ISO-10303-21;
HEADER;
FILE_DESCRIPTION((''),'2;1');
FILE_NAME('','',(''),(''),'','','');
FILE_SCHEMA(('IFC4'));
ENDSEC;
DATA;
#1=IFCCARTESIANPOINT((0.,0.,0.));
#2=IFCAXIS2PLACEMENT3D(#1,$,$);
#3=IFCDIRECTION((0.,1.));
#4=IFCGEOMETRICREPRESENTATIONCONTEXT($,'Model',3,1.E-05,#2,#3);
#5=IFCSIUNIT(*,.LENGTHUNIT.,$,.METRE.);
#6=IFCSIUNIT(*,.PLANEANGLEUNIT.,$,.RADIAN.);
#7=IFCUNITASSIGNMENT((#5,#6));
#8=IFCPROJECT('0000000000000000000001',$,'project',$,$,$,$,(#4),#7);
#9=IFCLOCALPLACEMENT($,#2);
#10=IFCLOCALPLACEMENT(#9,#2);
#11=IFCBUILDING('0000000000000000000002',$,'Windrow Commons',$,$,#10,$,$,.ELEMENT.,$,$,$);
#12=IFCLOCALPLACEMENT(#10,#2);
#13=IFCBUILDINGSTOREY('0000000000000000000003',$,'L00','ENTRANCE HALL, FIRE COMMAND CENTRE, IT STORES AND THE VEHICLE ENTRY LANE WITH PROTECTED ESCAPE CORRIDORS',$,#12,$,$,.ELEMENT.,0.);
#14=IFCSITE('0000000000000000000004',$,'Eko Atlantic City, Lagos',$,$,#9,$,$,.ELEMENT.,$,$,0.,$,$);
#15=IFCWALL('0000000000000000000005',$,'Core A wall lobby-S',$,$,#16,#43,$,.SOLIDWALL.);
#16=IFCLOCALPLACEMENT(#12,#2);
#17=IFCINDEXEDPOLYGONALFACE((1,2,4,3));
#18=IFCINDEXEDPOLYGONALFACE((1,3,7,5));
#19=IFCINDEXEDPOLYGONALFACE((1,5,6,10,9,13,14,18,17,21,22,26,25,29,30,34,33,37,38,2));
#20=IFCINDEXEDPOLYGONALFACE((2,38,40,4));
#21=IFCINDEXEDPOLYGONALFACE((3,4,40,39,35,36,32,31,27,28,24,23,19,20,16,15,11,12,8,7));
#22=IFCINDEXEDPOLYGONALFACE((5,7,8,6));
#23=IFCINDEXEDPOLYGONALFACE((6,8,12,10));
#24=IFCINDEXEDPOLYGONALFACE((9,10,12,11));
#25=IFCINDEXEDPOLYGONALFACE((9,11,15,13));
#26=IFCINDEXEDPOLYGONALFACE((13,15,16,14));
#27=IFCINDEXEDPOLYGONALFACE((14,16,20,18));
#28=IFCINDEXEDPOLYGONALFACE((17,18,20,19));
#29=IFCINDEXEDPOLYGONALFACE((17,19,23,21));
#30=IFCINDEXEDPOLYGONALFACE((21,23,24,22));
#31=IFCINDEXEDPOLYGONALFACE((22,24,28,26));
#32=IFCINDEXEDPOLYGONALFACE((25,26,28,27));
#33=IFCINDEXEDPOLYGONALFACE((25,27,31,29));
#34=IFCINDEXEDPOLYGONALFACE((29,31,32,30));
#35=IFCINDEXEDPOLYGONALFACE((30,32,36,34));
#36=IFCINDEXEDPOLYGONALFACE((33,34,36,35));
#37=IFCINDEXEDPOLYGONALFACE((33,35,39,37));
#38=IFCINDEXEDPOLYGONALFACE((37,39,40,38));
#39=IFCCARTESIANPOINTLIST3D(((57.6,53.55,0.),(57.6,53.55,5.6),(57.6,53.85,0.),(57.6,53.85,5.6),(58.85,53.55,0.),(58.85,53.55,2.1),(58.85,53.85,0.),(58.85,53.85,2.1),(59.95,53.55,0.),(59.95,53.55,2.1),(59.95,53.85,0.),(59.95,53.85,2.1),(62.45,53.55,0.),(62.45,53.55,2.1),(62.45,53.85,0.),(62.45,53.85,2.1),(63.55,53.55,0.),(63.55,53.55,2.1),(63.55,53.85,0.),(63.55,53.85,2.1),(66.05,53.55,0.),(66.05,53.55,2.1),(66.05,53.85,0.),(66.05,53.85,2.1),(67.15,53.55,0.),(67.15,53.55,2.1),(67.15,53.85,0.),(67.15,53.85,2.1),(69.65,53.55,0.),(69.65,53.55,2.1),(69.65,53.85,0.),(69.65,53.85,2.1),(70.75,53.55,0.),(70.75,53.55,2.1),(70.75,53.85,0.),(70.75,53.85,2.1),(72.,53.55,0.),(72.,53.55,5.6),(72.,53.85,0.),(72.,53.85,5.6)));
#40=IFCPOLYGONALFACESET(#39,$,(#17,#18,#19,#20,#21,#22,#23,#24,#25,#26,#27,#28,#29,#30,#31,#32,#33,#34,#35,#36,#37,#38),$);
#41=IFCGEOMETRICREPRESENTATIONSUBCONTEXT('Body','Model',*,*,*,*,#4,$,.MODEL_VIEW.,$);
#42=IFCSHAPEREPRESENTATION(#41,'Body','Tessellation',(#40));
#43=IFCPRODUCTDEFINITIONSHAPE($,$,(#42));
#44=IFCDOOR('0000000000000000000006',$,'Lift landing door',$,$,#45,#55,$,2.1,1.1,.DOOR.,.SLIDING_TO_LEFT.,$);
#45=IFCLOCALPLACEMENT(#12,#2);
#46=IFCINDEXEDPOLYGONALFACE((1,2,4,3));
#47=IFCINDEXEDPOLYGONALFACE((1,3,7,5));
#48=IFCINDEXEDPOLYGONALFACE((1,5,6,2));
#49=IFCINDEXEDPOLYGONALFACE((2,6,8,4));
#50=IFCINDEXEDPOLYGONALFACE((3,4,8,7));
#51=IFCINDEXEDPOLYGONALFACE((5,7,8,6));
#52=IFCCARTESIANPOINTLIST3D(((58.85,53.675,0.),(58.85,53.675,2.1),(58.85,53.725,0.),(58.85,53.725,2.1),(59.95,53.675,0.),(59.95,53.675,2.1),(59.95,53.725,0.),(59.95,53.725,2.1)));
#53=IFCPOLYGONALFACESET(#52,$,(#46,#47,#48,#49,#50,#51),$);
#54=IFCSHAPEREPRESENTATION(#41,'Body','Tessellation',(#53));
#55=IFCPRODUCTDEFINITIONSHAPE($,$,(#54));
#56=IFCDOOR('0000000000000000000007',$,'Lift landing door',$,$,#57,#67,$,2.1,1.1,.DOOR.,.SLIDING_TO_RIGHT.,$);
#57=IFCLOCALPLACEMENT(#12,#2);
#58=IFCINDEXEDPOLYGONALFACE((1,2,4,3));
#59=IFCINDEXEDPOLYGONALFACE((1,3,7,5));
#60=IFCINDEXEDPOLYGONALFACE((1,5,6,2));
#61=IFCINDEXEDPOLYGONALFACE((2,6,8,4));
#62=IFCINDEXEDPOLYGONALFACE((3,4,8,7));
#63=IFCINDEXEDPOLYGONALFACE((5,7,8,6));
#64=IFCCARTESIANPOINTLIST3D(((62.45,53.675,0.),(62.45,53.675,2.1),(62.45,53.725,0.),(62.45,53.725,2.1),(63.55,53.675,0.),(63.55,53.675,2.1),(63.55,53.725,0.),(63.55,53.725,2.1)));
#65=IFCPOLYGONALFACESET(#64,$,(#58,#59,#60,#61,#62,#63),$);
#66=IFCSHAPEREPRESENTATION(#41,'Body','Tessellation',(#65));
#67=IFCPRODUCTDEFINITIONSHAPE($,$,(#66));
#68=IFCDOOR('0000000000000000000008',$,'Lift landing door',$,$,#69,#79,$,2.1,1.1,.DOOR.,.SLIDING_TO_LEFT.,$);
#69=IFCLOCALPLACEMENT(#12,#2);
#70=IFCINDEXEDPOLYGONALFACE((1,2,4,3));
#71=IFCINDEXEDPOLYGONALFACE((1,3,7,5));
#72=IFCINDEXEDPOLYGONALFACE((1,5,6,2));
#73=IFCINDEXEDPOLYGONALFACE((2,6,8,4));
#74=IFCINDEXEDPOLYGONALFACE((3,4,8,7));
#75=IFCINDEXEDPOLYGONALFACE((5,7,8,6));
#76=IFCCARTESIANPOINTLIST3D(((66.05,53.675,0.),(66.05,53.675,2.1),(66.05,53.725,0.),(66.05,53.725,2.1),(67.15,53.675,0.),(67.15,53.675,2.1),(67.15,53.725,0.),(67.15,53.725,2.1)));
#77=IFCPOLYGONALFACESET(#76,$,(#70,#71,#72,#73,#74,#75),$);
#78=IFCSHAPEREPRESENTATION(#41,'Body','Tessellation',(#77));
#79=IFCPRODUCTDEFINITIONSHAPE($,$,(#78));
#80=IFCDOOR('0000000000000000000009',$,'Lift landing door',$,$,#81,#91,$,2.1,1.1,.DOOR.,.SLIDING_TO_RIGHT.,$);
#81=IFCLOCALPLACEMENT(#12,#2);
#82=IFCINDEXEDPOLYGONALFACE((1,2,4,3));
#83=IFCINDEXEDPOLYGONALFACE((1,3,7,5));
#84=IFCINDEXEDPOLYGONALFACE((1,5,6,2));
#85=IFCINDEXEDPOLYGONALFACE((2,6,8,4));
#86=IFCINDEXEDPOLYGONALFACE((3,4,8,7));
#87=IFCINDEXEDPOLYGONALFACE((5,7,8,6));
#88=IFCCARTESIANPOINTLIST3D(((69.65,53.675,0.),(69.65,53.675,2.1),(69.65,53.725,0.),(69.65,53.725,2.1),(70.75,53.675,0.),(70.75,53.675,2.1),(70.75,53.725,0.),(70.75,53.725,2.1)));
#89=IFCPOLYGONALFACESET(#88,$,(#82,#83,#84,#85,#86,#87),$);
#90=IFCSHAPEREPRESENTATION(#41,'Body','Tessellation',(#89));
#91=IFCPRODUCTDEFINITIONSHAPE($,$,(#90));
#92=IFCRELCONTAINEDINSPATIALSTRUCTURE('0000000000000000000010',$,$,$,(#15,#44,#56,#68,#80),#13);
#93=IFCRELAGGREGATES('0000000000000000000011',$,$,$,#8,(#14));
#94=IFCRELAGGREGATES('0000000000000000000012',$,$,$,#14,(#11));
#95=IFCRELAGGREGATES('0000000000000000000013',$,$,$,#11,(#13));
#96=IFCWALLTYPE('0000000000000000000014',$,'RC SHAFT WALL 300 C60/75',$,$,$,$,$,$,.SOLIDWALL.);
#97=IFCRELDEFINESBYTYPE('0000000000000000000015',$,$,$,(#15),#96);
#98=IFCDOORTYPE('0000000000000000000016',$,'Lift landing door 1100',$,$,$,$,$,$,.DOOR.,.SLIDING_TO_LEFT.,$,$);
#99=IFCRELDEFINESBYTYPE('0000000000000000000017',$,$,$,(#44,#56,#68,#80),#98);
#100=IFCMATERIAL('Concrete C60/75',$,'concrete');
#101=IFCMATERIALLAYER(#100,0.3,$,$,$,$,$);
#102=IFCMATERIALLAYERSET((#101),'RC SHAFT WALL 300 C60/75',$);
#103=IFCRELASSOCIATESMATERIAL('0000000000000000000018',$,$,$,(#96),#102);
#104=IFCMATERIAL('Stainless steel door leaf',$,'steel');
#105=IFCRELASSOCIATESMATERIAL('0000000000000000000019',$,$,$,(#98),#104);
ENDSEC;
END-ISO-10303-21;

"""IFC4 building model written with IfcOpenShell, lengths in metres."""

from ifc_helpers import new_model, si_unit, direction, frame, frame_2d, origin, place, context, subcontext, project, spatial, rectangle, extrude, material, layer, layer_set, type_object, element, fill, save


model = new_model("IFC4")

# Units and contexts
model_context = context("Model", 3, precision=1e-05, world=origin(), true_north=direction((0.0, 1.0)))
body_context = subcontext(model_context, "Body", "Model", "MODEL_VIEW")
ifc_project = project(units=[si_unit("LENGTHUNIT", "METRE"), si_unit("PLANEANGLEUNIT", "RADIAN")], contexts=[model_context])

# Site, building, storey
site_placement = place(None, origin())
site = spatial("IfcSite", under=ifc_project, at=site_placement, Name="Eko Atlantic City, Lagos", CompositionType="ELEMENT", RefElevation=0.0)
building_placement = place(site_placement, origin())
building = spatial("IfcBuilding", under=site, at=building_placement, Name="Windrow Commons", CompositionType="ELEMENT")
storey_placement = place(building_placement, origin())
storey = spatial("IfcBuildingStorey", under=building, at=storey_placement, Name="L00", Description="ENTRANCE HALL, FIRE COMMAND CENTRE, IT STORES AND THE VEHICLE ENTRY LANE WITH PROTECTED ESCAPE CORRIDORS", CompositionType="ELEMENT", Elevation=0.0)

# Wall, openings, doors
ifc_material_1 = material(Name="Concrete C60/75", Category="concrete")
ifc_layer_1 = layer(ifc_material_1, 0.3)
ifc_layer_set_1 = layer_set([ifc_layer_1], Name="RC SHAFT WALL 300 C60/75")
wall_type_1 = type_object("IfcWallType", Name="RC SHAFT WALL 300 C60/75", PredefinedType="SOLIDWALL", material=ifc_layer_set_1)
wall_1_placement = place(storey_placement, frame((57.6, 53.7, 0.0), z_axis=(0.0, 0.0, 1.0), x_axis=(1.0, 0.0, 0.0)))
wall_1 = element("IfcWall", 1, at=wall_1_placement, inside=storey, type_object=wall_type_1, Name="Core A wall lobby-S", PredefinedType="SOLIDWALL", context=body_context, shape_type="SweptSolid", body=[
    extrude(rectangle(XDim=14.4, YDim=0.3, at=frame_2d((7.2, 0.0))), origin(), (0.0, 0.0, 1.0), 5.6),
])
opening_1_placement = place(wall_1_placement, frame((1.25, 0.0, 0.0)))
opening_1 = element("IfcOpeningElement", 2, at=opening_1_placement, cuts=wall_1, PredefinedType="OPENING", context=body_context, shape_type="SweptSolid", body=[
    extrude(rectangle(XDim=1.1, YDim=2.1, at=frame_2d((0.55, 1.05))), frame((0.0, 0.16, 0.0), z_axis=(0.0, -1.0, 0.0), x_axis=(1.0, 0.0, 0.0)), (0.0, 0.0, 1.0), 0.32),
])
opening_2_placement = place(wall_1_placement, frame((4.85, 0.0, 0.0)))
opening_2 = element("IfcOpeningElement", 3, at=opening_2_placement, cuts=wall_1, PredefinedType="OPENING", context=body_context, shape_type="SweptSolid", body=[
    extrude(rectangle(XDim=1.1, YDim=2.1, at=frame_2d((0.55, 1.05))), frame((0.0, 0.16, 0.0), z_axis=(0.0, -1.0, 0.0), x_axis=(1.0, 0.0, 0.0)), (0.0, 0.0, 1.0), 0.32),
])
opening_3_placement = place(wall_1_placement, frame((8.45, 0.0, 0.0)))
opening_3 = element("IfcOpeningElement", 4, at=opening_3_placement, cuts=wall_1, PredefinedType="OPENING", context=body_context, shape_type="SweptSolid", body=[
    extrude(rectangle(XDim=1.1, YDim=2.1, at=frame_2d((0.55, 1.05))), frame((0.0, 0.16, 0.0), z_axis=(0.0, -1.0, 0.0), x_axis=(1.0, 0.0, 0.0)), (0.0, 0.0, 1.0), 0.32),
])
opening_4_placement = place(wall_1_placement, frame((12.05, 0.0, 0.0)))
opening_4 = element("IfcOpeningElement", 5, at=opening_4_placement, cuts=wall_1, PredefinedType="OPENING", context=body_context, shape_type="SweptSolid", body=[
    extrude(rectangle(XDim=1.1, YDim=2.1, at=frame_2d((0.55, 1.05))), frame((0.0, 0.16, 0.0), z_axis=(0.0, -1.0, 0.0), x_axis=(1.0, 0.0, 0.0)), (0.0, 0.0, 1.0), 0.32),
])
ifc_material_2 = material(Name="Stainless steel door leaf", Category="steel")
door_type_1 = type_object("IfcDoorType", Name="Lift landing door 1100", OperationType="SLIDING_TO_LEFT", PredefinedType="DOOR", material=ifc_material_2)
door_1_placement = place(opening_1_placement, origin())
door_1 = element("IfcDoor", 6, at=door_1_placement, inside=storey, type_object=door_type_1, Name="Lift landing door", OperationType="SLIDING_TO_LEFT", OverallHeight=2.1, OverallWidth=1.1, PredefinedType="DOOR", context=body_context, shape_type="SweptSolid", body=[
    extrude(rectangle(XDim=1.1, YDim=2.1, at=frame_2d((0.55, 1.05))), frame((0.0, 0.025, 0.0), z_axis=(0.0, -1.0, 0.0), x_axis=(1.0, 0.0, 0.0)), (0.0, 0.0, 1.0), 0.05),
])
fill(opening_1, door_1)
door_2_placement = place(opening_2_placement, origin())
door_2 = element("IfcDoor", 7, at=door_2_placement, inside=storey, type_object=door_type_1, Name="Lift landing door", OperationType="SLIDING_TO_RIGHT", OverallHeight=2.1, OverallWidth=1.1, PredefinedType="DOOR", context=body_context, shape_type="SweptSolid", body=[
    extrude(rectangle(XDim=1.1, YDim=2.1, at=frame_2d((0.55, 1.05))), frame((0.0, 0.025, 0.0), z_axis=(0.0, -1.0, 0.0), x_axis=(1.0, 0.0, 0.0)), (0.0, 0.0, 1.0), 0.05),
])
fill(opening_2, door_2)
door_3_placement = place(opening_3_placement, origin())
door_3 = element("IfcDoor", 8, at=door_3_placement, inside=storey, type_object=door_type_1, Name="Lift landing door", OperationType="SLIDING_TO_LEFT", OverallHeight=2.1, OverallWidth=1.1, PredefinedType="DOOR", context=body_context, shape_type="SweptSolid", body=[
    extrude(rectangle(XDim=1.1, YDim=2.1, at=frame_2d((0.55, 1.05))), frame((0.0, 0.025, 0.0), z_axis=(0.0, -1.0, 0.0), x_axis=(1.0, 0.0, 0.0)), (0.0, 0.0, 1.0), 0.05),
])
fill(opening_3, door_3)
door_4_placement = place(opening_4_placement, origin())
door_4 = element("IfcDoor", 9, at=door_4_placement, inside=storey, type_object=door_type_1, Name="Lift landing door", OperationType="SLIDING_TO_RIGHT", OverallHeight=2.1, OverallWidth=1.1, PredefinedType="DOOR", context=body_context, shape_type="SweptSolid", body=[
    extrude(rectangle(XDim=1.1, YDim=2.1, at=frame_2d((0.55, 1.05))), frame((0.0, 0.025, 0.0), z_axis=(0.0, -1.0, 0.0), x_axis=(1.0, 0.0, 0.0)), (0.0, 0.0, 1.0), 0.05),
])
fill(opening_4, door_4)

save(model, "model.ifc")
